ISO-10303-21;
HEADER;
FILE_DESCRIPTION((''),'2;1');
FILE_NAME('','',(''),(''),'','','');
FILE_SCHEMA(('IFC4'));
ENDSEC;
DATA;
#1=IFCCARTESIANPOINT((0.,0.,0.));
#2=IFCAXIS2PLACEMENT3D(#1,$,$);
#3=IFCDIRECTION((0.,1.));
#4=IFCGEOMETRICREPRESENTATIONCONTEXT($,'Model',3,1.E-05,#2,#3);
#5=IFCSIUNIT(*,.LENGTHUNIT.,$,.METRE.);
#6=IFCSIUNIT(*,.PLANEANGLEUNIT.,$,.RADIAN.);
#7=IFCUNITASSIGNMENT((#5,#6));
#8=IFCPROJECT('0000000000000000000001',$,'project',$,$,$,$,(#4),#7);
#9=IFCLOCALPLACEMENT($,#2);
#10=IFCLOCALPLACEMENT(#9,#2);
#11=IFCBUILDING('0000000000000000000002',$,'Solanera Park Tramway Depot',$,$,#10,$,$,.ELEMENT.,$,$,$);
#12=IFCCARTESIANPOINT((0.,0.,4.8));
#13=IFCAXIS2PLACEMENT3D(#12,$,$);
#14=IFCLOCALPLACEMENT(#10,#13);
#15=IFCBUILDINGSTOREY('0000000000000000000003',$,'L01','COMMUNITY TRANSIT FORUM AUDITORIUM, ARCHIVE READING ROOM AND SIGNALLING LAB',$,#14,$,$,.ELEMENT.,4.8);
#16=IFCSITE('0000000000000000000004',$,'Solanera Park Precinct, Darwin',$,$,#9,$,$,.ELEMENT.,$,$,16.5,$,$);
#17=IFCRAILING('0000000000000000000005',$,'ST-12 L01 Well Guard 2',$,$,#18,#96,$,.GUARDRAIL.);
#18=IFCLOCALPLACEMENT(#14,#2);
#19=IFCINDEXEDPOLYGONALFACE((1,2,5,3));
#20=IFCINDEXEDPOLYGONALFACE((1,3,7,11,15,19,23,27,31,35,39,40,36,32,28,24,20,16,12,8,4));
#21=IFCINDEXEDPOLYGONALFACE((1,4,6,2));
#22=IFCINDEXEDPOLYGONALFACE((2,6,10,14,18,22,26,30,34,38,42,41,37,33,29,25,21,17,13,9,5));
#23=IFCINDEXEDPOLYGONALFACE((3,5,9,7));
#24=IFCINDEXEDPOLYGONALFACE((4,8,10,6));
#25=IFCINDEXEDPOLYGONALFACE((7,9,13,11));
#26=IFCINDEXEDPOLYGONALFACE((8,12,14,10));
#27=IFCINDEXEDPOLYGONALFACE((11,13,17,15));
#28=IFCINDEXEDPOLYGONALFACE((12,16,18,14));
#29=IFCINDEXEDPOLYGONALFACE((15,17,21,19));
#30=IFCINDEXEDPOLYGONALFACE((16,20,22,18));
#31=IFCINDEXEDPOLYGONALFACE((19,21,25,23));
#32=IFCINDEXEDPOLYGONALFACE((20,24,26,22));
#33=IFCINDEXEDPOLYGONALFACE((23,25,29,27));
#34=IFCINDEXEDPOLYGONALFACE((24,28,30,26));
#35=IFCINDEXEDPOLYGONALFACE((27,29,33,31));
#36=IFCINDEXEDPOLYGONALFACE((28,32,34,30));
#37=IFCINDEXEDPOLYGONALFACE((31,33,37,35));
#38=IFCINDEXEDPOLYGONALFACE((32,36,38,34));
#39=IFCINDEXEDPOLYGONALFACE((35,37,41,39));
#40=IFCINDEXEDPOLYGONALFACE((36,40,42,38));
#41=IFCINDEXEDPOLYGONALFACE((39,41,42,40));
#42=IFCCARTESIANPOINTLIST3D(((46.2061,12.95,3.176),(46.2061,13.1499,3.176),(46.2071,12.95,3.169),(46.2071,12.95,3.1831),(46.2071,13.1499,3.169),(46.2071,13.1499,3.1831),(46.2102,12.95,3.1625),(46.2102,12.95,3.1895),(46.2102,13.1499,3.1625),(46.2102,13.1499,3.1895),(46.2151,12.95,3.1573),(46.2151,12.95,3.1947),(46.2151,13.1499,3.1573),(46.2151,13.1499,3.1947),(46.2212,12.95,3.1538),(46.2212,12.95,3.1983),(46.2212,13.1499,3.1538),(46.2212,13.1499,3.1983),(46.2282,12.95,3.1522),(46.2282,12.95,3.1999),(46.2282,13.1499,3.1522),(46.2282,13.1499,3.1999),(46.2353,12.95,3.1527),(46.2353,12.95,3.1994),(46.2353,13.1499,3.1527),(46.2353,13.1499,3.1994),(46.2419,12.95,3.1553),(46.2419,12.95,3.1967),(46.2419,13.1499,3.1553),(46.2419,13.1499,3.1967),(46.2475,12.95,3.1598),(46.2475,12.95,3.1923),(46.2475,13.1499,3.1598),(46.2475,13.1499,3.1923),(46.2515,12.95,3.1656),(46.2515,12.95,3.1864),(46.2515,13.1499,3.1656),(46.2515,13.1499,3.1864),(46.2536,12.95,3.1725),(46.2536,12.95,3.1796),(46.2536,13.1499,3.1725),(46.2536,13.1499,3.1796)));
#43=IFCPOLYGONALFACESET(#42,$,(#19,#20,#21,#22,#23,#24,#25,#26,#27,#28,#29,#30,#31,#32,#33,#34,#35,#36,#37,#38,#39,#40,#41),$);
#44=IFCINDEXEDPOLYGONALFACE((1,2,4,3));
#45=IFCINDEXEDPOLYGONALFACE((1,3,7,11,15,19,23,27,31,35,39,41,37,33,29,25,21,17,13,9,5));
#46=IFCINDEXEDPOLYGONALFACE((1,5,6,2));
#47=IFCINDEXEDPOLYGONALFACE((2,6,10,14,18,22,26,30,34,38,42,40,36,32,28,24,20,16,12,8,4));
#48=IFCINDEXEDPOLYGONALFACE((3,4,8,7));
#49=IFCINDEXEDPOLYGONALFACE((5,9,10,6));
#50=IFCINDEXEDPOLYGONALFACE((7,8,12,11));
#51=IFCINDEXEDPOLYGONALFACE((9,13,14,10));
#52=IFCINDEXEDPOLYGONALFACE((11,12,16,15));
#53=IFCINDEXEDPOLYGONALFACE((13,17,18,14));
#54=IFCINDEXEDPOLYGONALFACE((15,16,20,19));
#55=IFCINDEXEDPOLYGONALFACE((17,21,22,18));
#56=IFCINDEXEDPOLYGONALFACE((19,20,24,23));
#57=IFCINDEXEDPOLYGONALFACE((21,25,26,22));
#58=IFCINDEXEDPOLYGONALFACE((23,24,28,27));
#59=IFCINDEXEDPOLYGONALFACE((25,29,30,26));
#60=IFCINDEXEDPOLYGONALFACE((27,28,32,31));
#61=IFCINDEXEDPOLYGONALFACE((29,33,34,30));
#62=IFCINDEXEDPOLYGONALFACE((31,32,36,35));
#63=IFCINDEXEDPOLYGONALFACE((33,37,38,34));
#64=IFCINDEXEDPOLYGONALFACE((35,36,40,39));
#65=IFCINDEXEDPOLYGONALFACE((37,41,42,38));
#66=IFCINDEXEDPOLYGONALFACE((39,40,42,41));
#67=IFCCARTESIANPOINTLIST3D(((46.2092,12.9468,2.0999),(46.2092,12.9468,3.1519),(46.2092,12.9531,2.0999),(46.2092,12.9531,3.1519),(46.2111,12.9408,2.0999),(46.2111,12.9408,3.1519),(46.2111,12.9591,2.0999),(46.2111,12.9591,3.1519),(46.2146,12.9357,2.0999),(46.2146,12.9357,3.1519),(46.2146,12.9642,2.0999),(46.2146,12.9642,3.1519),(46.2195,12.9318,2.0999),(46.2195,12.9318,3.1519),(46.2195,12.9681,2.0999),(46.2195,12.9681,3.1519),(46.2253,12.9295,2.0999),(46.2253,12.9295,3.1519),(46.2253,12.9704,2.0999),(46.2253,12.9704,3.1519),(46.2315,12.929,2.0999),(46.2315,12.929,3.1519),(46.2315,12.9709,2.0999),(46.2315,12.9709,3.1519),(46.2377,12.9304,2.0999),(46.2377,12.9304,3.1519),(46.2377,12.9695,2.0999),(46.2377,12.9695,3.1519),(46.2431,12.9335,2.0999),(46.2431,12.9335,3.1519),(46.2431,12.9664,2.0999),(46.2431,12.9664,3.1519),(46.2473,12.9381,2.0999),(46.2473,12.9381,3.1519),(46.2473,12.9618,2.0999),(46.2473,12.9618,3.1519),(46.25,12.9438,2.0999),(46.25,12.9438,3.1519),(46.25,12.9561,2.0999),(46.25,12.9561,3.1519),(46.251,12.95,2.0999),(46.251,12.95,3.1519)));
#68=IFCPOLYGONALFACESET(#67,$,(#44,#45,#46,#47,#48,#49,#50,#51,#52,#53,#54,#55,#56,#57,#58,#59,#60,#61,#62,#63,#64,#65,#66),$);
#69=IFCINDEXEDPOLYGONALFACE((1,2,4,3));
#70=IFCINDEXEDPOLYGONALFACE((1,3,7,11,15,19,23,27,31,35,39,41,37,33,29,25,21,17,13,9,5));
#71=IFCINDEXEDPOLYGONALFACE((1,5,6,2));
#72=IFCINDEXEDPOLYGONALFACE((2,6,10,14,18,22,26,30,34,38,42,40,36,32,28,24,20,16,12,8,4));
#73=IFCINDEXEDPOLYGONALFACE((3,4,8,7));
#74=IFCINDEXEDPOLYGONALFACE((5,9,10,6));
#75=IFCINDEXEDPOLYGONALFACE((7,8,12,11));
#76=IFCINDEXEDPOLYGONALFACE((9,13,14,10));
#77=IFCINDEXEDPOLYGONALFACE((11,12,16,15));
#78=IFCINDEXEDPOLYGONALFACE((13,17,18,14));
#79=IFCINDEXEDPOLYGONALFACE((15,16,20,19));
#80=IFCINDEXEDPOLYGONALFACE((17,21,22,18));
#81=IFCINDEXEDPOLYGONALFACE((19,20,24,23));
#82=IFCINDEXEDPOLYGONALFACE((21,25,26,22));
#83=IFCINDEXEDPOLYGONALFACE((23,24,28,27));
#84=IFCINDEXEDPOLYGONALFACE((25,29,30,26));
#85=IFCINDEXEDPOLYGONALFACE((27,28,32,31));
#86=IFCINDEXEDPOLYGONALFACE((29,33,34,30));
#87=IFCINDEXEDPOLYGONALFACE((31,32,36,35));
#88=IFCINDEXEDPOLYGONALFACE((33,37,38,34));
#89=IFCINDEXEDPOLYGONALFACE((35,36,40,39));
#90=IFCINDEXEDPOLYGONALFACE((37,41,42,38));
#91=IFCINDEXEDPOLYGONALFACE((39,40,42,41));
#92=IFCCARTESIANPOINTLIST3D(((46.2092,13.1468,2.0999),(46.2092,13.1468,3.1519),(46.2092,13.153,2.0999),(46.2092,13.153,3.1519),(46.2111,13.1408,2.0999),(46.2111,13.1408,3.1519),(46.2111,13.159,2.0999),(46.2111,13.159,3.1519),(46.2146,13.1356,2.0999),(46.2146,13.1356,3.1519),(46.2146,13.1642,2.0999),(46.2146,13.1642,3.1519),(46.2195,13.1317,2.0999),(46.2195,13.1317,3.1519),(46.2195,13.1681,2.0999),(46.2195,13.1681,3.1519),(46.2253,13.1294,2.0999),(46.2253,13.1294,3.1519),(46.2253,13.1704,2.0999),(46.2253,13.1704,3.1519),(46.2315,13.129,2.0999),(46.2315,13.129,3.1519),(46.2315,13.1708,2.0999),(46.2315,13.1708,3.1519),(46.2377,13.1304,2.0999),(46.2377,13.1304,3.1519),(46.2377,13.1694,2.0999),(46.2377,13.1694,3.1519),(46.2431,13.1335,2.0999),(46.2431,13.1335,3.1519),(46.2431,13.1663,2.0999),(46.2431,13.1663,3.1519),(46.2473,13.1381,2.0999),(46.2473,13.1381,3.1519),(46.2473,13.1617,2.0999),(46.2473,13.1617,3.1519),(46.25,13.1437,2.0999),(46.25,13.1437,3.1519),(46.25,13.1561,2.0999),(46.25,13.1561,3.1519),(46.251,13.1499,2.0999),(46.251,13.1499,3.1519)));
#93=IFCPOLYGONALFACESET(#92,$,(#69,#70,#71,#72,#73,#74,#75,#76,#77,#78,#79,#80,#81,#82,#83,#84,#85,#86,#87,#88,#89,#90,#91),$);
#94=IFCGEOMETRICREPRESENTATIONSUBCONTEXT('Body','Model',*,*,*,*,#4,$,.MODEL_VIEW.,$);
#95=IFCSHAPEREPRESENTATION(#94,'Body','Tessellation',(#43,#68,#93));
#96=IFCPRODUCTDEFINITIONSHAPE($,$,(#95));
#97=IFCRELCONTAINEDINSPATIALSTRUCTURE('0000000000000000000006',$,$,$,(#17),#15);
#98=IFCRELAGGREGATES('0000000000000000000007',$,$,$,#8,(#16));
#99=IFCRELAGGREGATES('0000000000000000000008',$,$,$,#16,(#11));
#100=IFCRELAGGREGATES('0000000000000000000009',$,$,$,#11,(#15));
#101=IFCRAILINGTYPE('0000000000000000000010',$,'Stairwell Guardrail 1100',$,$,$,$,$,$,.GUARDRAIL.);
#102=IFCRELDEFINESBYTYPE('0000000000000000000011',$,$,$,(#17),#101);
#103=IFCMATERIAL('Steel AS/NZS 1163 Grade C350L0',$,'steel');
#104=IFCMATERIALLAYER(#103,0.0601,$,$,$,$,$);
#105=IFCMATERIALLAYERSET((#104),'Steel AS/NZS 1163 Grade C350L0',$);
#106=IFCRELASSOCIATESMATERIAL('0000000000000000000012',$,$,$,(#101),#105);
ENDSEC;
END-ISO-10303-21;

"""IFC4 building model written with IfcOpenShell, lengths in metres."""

from ifc_helpers import new_model, si_unit, direction, frame, origin, origin_2d, place, context, subcontext, project, spatial, circle, extrude, material, layer, layer_set, type_object, element, save


model = new_model("IFC4")

# Units and contexts
model_context = context("Model", 3, precision=1e-05, world=origin(), true_north=direction((0.0, 1.0)))
body_context = subcontext(model_context, "Body", "Model", "MODEL_VIEW")
ifc_project = project(units=[si_unit("LENGTHUNIT", "METRE"), si_unit("PLANEANGLEUNIT", "RADIAN")], contexts=[model_context])

# Site, building, storey
site_placement = place(None, origin())
site = spatial("IfcSite", under=ifc_project, at=site_placement, Name="Solanera Park Precinct, Darwin", CompositionType="ELEMENT", RefElevation=16.5)
building_placement = place(site_placement, origin())
building = spatial("IfcBuilding", under=site, at=building_placement, Name="Solanera Park Tramway Depot", CompositionType="ELEMENT")
storey_placement = place(building_placement, frame((0.0, 0.0, 4.8)))
storey = spatial("IfcBuildingStorey", under=building, at=storey_placement, Name="L01", Description="COMMUNITY TRANSIT FORUM AUDITORIUM, ARCHIVE READING ROOM AND SIGNALLING LAB", CompositionType="ELEMENT", Elevation=4.8)

# Railing
ifc_material_1 = material(Name="Steel AS/NZS 1163 Grade C350L0", Category="steel")
ifc_layer_1 = layer(ifc_material_1, 0.0601)
ifc_layer_set_1 = layer_set([ifc_layer_1], Name="Steel AS/NZS 1163 Grade C350L0")
railing_type_1 = type_object("IfcRailingType", Name="Stairwell Guardrail 1100", PredefinedType="GUARDRAIL", material=ifc_layer_set_1)
railing_1_placement = place(storey_placement, frame((46.23, 12.95, 2.0999)))
element("IfcRailing", 1, at=railing_1_placement, inside=storey, type_object=railing_type_1, Name="ST-12 L01 Well Guard 2", PredefinedType="GUARDRAIL", context=body_context, shape_type="SweptSolid", body=[
    extrude(circle(Radius=0.0239, at=origin_2d()), frame((0.0, 0.0, 1.0762), z_axis=(0.0, 1.0, 0.0), x_axis=(-1.0, 0.0, 0.0)), (0.0, 0.0, 1.0), 0.2),
    extrude(circle(Radius=0.021, at=origin_2d()), origin(), (0.0, 0.0, 1.0), 1.052),
    extrude(circle(Radius=0.021, at=origin_2d()), frame((0.0, 0.2, 0.0)), (0.0, 0.0, 1.0), 1.052),
])

save(model, "model.ifc")
